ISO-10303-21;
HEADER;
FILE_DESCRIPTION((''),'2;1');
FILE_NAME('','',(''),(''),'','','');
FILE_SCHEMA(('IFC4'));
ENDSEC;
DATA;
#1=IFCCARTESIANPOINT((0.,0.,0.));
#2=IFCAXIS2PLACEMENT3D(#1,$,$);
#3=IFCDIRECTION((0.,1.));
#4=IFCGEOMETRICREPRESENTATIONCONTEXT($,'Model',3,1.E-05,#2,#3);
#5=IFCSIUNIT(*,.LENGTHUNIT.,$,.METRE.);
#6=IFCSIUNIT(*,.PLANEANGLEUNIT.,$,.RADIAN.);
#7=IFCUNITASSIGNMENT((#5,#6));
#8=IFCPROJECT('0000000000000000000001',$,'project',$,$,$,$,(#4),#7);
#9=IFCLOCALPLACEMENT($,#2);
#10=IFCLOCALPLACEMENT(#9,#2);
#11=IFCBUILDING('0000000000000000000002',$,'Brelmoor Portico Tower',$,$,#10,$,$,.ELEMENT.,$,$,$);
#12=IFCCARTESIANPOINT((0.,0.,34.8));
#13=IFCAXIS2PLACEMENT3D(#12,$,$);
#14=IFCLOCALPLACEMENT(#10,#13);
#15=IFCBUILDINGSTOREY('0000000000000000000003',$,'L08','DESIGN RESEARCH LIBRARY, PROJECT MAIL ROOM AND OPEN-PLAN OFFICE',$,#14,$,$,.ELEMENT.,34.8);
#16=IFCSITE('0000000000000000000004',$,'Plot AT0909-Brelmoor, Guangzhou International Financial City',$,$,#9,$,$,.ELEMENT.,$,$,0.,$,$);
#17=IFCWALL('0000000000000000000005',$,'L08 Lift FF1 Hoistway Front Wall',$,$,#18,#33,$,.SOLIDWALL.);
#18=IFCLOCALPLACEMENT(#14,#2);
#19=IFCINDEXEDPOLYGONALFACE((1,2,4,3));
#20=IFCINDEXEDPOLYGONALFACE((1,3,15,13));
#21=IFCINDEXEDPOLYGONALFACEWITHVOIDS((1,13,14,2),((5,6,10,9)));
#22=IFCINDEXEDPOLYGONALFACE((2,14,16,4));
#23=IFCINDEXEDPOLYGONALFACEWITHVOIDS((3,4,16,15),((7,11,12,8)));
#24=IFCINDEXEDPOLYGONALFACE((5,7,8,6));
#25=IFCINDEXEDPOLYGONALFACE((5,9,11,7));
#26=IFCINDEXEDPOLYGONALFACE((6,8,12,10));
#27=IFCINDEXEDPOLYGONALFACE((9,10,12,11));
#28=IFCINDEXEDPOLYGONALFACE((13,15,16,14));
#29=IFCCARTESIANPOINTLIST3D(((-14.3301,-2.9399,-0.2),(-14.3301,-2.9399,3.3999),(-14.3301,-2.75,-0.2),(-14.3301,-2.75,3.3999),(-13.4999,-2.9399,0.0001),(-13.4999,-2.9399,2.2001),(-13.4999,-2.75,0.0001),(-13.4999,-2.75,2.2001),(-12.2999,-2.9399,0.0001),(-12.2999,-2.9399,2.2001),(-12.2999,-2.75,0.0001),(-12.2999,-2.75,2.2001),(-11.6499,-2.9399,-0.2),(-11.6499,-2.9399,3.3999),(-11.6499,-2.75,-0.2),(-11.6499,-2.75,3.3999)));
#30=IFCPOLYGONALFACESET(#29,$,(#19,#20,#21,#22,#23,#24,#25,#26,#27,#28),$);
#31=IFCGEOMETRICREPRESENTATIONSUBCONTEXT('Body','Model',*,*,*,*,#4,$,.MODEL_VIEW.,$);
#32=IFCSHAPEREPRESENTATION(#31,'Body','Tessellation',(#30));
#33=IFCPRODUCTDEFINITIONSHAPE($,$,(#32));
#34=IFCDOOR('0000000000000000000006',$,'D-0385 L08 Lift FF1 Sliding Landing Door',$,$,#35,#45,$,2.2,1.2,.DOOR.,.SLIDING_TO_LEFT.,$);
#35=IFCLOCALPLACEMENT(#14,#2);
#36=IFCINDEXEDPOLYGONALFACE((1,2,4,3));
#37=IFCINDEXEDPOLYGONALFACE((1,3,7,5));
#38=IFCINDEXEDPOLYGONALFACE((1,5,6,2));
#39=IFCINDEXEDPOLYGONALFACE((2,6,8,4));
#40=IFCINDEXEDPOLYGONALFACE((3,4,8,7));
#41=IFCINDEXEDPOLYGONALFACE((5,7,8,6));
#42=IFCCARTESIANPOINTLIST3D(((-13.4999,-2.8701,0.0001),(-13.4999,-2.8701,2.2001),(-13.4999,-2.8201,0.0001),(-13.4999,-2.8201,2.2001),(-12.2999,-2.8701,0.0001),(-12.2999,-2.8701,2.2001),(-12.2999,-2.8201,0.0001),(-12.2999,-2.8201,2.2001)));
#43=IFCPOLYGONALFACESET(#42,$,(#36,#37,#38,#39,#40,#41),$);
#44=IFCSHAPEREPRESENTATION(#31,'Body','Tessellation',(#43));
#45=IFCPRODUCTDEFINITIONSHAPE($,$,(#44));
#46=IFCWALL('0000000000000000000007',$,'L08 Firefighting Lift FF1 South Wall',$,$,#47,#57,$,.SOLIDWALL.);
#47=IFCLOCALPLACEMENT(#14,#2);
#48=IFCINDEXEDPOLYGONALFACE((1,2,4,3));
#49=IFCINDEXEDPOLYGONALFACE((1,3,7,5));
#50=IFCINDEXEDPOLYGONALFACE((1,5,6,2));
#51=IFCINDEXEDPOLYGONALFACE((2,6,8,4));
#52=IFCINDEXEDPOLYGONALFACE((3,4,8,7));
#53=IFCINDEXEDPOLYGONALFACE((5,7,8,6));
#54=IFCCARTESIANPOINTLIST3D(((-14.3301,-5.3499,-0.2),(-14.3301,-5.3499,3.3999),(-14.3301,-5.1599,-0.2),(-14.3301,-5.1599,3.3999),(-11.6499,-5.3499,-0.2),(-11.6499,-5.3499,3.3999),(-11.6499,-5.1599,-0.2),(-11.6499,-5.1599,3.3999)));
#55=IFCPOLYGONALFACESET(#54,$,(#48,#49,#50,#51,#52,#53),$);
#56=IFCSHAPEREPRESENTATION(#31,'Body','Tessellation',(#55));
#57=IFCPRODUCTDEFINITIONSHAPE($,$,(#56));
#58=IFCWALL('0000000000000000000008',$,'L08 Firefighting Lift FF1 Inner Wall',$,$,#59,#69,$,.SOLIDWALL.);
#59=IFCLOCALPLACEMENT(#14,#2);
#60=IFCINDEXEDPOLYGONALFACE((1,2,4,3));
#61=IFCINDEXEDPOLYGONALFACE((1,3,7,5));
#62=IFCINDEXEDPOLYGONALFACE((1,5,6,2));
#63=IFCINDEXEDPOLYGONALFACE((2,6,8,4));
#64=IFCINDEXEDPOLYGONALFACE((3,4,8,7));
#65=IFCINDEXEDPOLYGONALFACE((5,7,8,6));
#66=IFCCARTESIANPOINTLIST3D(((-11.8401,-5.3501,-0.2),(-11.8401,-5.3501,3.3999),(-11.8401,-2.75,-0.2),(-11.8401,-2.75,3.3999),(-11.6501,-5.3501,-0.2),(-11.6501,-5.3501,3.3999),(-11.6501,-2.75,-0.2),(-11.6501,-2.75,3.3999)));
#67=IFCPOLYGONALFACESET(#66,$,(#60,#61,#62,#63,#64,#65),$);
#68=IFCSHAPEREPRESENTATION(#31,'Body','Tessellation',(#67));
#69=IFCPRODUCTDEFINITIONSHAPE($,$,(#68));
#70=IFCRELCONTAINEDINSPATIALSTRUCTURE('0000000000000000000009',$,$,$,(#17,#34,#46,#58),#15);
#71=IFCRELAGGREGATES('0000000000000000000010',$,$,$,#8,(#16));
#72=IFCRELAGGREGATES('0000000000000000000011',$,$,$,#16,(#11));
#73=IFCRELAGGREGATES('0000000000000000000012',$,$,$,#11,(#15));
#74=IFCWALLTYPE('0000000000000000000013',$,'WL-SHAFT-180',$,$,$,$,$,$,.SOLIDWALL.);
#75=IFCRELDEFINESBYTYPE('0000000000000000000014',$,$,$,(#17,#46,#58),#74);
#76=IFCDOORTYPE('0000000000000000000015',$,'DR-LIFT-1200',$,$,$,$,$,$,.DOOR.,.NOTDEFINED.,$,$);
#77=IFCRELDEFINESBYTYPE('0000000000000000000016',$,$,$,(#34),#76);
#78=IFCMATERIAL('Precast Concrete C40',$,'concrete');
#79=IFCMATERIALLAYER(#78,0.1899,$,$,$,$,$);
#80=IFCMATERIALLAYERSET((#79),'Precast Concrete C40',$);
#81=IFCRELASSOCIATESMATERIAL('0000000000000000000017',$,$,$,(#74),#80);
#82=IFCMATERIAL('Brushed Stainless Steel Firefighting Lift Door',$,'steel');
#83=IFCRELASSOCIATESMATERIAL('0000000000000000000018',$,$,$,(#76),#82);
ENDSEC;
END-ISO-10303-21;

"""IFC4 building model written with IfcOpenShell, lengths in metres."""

from ifc_helpers import new_model, si_unit, direction, frame, frame_2d, origin, place, context, subcontext, project, spatial, rectangle, extrude, material, layer, layer_set, type_object, element, fill, save


model = new_model("IFC4")

# Units and contexts
model_context = context("Model", 3, precision=1e-05, world=origin(), true_north=direction((0.0, 1.0)))
body_context = subcontext(model_context, "Body", "Model", "MODEL_VIEW")
ifc_project = project(units=[si_unit("LENGTHUNIT", "METRE"), si_unit("PLANEANGLEUNIT", "RADIAN")], contexts=[model_context])

# Site, building, storey
site_placement = place(None, origin())
site = spatial("IfcSite", under=ifc_project, at=site_placement, Name="Plot AT0909-Brelmoor, Guangzhou International Financial City", CompositionType="ELEMENT", RefElevation=0.0)
building_placement = place(site_placement, origin())
building = spatial("IfcBuilding", under=site, at=building_placement, Name="Brelmoor Portico Tower", CompositionType="ELEMENT")
storey_placement = place(building_placement, frame((0.0, 0.0, 34.8)))
storey = spatial("IfcBuildingStorey", under=building, at=storey_placement, Name="L08", Description="DESIGN RESEARCH LIBRARY, PROJECT MAIL ROOM AND OPEN-PLAN OFFICE", CompositionType="ELEMENT", Elevation=34.8)

# Shared definitions
ifc_material_1 = material(Name="Precast Concrete C40", Category="concrete")
ifc_layer_1 = layer(ifc_material_1, 0.1899)
ifc_layer_set_1 = layer_set([ifc_layer_1], Name="Precast Concrete C40")
wall_type_1 = type_object("IfcWallType", Name="WL-SHAFT-180", PredefinedType="SOLIDWALL", material=ifc_layer_set_1)

# Wall, opening, door
wall_1_placement = place(storey_placement, frame((-14.3301, -2.845, -0.2), z_axis=(0.0, 0.0, 1.0), x_axis=(1.0, 0.0, 0.0)))
wall_1 = element("IfcWall", 1, at=wall_1_placement, inside=storey, type_object=wall_type_1, Name="L08 Lift FF1 Hoistway Front Wall", PredefinedType="SOLIDWALL", context=body_context, shape_type="SweptSolid", body=[
    extrude(rectangle(XDim=2.6802, YDim=0.1899, at=frame_2d((1.3401, 0.0))), origin(), (0.0, 0.0, 1.0), 3.5999),
])
opening_1_placement = place(wall_1_placement, frame((0.8301, 0.0, 0.2)))
opening_1 = element("IfcOpeningElement", 2, at=opening_1_placement, cuts=wall_1, PredefinedType="OPENING", context=body_context, shape_type="SweptSolid", body=[
    extrude(rectangle(XDim=1.2, YDim=2.2, at=frame_2d((0.6001, 1.1001))), frame((0.0, 0.105, 0.0), z_axis=(0.0, -1.0, 0.0), x_axis=(1.0, 0.0, 0.0)), (0.0, 0.0, 1.0), 0.21),
])
ifc_material_2 = material(Name="Brushed Stainless Steel Firefighting Lift Door", Category="steel")
door_type_1 = type_object("IfcDoorType", Name="DR-LIFT-1200", OperationType="NOTDEFINED", PredefinedType="DOOR", material=ifc_material_2)
door_1_placement = place(opening_1_placement, origin())
door_1 = element("IfcDoor", 3, at=door_1_placement, inside=storey, type_object=door_type_1, Name="D-0385 L08 Lift FF1 Sliding Landing Door", OperationType="SLIDING_TO_LEFT", OverallHeight=2.2, OverallWidth=1.2, PredefinedType="DOOR", context=body_context, shape_type="SweptSolid", body=[
    extrude(rectangle(XDim=1.2, YDim=2.2, at=frame_2d((0.6001, 1.1001))), frame((0.0, 0.0249, 0.0), z_axis=(0.0, -1.0, 0.0), x_axis=(1.0, 0.0, 0.0)), (0.0, 0.0, 1.0), 0.05),
])
fill(opening_1, door_1)

# Walls
wall_2_placement = place(storey_placement, frame((-14.3301, -5.2549, -0.2), z_axis=(0.0, 0.0, 1.0), x_axis=(1.0, 0.0, 0.0)))
element("IfcWall", 4, at=wall_2_placement, inside=storey, type_object=wall_type_1, Name="L08 Firefighting Lift FF1 South Wall", PredefinedType="SOLIDWALL", context=body_context, shape_type="SweptSolid", body=[
    extrude(rectangle(XDim=2.6802, YDim=0.1899, at=frame_2d((1.3401, 0.0))), origin(), (0.0, 0.0, 1.0), 3.5999),
])
wall_3_placement = place(storey_placement, frame((-11.7451, -5.3501, -0.2), z_axis=(0.0, 0.0, 1.0), x_axis=(0.0, 1.0, 0.0)))
element("IfcWall", 5, at=wall_3_placement, inside=storey, type_object=wall_type_1, Name="L08 Firefighting Lift FF1 Inner Wall", PredefinedType="SOLIDWALL", context=body_context, shape_type="SweptSolid", body=[
    extrude(rectangle(XDim=2.6001, YDim=0.1899, at=frame_2d((1.3, 0.0))), origin(), (0.0, 0.0, 1.0), 3.5999),
])

save(model, "model.ifc")
